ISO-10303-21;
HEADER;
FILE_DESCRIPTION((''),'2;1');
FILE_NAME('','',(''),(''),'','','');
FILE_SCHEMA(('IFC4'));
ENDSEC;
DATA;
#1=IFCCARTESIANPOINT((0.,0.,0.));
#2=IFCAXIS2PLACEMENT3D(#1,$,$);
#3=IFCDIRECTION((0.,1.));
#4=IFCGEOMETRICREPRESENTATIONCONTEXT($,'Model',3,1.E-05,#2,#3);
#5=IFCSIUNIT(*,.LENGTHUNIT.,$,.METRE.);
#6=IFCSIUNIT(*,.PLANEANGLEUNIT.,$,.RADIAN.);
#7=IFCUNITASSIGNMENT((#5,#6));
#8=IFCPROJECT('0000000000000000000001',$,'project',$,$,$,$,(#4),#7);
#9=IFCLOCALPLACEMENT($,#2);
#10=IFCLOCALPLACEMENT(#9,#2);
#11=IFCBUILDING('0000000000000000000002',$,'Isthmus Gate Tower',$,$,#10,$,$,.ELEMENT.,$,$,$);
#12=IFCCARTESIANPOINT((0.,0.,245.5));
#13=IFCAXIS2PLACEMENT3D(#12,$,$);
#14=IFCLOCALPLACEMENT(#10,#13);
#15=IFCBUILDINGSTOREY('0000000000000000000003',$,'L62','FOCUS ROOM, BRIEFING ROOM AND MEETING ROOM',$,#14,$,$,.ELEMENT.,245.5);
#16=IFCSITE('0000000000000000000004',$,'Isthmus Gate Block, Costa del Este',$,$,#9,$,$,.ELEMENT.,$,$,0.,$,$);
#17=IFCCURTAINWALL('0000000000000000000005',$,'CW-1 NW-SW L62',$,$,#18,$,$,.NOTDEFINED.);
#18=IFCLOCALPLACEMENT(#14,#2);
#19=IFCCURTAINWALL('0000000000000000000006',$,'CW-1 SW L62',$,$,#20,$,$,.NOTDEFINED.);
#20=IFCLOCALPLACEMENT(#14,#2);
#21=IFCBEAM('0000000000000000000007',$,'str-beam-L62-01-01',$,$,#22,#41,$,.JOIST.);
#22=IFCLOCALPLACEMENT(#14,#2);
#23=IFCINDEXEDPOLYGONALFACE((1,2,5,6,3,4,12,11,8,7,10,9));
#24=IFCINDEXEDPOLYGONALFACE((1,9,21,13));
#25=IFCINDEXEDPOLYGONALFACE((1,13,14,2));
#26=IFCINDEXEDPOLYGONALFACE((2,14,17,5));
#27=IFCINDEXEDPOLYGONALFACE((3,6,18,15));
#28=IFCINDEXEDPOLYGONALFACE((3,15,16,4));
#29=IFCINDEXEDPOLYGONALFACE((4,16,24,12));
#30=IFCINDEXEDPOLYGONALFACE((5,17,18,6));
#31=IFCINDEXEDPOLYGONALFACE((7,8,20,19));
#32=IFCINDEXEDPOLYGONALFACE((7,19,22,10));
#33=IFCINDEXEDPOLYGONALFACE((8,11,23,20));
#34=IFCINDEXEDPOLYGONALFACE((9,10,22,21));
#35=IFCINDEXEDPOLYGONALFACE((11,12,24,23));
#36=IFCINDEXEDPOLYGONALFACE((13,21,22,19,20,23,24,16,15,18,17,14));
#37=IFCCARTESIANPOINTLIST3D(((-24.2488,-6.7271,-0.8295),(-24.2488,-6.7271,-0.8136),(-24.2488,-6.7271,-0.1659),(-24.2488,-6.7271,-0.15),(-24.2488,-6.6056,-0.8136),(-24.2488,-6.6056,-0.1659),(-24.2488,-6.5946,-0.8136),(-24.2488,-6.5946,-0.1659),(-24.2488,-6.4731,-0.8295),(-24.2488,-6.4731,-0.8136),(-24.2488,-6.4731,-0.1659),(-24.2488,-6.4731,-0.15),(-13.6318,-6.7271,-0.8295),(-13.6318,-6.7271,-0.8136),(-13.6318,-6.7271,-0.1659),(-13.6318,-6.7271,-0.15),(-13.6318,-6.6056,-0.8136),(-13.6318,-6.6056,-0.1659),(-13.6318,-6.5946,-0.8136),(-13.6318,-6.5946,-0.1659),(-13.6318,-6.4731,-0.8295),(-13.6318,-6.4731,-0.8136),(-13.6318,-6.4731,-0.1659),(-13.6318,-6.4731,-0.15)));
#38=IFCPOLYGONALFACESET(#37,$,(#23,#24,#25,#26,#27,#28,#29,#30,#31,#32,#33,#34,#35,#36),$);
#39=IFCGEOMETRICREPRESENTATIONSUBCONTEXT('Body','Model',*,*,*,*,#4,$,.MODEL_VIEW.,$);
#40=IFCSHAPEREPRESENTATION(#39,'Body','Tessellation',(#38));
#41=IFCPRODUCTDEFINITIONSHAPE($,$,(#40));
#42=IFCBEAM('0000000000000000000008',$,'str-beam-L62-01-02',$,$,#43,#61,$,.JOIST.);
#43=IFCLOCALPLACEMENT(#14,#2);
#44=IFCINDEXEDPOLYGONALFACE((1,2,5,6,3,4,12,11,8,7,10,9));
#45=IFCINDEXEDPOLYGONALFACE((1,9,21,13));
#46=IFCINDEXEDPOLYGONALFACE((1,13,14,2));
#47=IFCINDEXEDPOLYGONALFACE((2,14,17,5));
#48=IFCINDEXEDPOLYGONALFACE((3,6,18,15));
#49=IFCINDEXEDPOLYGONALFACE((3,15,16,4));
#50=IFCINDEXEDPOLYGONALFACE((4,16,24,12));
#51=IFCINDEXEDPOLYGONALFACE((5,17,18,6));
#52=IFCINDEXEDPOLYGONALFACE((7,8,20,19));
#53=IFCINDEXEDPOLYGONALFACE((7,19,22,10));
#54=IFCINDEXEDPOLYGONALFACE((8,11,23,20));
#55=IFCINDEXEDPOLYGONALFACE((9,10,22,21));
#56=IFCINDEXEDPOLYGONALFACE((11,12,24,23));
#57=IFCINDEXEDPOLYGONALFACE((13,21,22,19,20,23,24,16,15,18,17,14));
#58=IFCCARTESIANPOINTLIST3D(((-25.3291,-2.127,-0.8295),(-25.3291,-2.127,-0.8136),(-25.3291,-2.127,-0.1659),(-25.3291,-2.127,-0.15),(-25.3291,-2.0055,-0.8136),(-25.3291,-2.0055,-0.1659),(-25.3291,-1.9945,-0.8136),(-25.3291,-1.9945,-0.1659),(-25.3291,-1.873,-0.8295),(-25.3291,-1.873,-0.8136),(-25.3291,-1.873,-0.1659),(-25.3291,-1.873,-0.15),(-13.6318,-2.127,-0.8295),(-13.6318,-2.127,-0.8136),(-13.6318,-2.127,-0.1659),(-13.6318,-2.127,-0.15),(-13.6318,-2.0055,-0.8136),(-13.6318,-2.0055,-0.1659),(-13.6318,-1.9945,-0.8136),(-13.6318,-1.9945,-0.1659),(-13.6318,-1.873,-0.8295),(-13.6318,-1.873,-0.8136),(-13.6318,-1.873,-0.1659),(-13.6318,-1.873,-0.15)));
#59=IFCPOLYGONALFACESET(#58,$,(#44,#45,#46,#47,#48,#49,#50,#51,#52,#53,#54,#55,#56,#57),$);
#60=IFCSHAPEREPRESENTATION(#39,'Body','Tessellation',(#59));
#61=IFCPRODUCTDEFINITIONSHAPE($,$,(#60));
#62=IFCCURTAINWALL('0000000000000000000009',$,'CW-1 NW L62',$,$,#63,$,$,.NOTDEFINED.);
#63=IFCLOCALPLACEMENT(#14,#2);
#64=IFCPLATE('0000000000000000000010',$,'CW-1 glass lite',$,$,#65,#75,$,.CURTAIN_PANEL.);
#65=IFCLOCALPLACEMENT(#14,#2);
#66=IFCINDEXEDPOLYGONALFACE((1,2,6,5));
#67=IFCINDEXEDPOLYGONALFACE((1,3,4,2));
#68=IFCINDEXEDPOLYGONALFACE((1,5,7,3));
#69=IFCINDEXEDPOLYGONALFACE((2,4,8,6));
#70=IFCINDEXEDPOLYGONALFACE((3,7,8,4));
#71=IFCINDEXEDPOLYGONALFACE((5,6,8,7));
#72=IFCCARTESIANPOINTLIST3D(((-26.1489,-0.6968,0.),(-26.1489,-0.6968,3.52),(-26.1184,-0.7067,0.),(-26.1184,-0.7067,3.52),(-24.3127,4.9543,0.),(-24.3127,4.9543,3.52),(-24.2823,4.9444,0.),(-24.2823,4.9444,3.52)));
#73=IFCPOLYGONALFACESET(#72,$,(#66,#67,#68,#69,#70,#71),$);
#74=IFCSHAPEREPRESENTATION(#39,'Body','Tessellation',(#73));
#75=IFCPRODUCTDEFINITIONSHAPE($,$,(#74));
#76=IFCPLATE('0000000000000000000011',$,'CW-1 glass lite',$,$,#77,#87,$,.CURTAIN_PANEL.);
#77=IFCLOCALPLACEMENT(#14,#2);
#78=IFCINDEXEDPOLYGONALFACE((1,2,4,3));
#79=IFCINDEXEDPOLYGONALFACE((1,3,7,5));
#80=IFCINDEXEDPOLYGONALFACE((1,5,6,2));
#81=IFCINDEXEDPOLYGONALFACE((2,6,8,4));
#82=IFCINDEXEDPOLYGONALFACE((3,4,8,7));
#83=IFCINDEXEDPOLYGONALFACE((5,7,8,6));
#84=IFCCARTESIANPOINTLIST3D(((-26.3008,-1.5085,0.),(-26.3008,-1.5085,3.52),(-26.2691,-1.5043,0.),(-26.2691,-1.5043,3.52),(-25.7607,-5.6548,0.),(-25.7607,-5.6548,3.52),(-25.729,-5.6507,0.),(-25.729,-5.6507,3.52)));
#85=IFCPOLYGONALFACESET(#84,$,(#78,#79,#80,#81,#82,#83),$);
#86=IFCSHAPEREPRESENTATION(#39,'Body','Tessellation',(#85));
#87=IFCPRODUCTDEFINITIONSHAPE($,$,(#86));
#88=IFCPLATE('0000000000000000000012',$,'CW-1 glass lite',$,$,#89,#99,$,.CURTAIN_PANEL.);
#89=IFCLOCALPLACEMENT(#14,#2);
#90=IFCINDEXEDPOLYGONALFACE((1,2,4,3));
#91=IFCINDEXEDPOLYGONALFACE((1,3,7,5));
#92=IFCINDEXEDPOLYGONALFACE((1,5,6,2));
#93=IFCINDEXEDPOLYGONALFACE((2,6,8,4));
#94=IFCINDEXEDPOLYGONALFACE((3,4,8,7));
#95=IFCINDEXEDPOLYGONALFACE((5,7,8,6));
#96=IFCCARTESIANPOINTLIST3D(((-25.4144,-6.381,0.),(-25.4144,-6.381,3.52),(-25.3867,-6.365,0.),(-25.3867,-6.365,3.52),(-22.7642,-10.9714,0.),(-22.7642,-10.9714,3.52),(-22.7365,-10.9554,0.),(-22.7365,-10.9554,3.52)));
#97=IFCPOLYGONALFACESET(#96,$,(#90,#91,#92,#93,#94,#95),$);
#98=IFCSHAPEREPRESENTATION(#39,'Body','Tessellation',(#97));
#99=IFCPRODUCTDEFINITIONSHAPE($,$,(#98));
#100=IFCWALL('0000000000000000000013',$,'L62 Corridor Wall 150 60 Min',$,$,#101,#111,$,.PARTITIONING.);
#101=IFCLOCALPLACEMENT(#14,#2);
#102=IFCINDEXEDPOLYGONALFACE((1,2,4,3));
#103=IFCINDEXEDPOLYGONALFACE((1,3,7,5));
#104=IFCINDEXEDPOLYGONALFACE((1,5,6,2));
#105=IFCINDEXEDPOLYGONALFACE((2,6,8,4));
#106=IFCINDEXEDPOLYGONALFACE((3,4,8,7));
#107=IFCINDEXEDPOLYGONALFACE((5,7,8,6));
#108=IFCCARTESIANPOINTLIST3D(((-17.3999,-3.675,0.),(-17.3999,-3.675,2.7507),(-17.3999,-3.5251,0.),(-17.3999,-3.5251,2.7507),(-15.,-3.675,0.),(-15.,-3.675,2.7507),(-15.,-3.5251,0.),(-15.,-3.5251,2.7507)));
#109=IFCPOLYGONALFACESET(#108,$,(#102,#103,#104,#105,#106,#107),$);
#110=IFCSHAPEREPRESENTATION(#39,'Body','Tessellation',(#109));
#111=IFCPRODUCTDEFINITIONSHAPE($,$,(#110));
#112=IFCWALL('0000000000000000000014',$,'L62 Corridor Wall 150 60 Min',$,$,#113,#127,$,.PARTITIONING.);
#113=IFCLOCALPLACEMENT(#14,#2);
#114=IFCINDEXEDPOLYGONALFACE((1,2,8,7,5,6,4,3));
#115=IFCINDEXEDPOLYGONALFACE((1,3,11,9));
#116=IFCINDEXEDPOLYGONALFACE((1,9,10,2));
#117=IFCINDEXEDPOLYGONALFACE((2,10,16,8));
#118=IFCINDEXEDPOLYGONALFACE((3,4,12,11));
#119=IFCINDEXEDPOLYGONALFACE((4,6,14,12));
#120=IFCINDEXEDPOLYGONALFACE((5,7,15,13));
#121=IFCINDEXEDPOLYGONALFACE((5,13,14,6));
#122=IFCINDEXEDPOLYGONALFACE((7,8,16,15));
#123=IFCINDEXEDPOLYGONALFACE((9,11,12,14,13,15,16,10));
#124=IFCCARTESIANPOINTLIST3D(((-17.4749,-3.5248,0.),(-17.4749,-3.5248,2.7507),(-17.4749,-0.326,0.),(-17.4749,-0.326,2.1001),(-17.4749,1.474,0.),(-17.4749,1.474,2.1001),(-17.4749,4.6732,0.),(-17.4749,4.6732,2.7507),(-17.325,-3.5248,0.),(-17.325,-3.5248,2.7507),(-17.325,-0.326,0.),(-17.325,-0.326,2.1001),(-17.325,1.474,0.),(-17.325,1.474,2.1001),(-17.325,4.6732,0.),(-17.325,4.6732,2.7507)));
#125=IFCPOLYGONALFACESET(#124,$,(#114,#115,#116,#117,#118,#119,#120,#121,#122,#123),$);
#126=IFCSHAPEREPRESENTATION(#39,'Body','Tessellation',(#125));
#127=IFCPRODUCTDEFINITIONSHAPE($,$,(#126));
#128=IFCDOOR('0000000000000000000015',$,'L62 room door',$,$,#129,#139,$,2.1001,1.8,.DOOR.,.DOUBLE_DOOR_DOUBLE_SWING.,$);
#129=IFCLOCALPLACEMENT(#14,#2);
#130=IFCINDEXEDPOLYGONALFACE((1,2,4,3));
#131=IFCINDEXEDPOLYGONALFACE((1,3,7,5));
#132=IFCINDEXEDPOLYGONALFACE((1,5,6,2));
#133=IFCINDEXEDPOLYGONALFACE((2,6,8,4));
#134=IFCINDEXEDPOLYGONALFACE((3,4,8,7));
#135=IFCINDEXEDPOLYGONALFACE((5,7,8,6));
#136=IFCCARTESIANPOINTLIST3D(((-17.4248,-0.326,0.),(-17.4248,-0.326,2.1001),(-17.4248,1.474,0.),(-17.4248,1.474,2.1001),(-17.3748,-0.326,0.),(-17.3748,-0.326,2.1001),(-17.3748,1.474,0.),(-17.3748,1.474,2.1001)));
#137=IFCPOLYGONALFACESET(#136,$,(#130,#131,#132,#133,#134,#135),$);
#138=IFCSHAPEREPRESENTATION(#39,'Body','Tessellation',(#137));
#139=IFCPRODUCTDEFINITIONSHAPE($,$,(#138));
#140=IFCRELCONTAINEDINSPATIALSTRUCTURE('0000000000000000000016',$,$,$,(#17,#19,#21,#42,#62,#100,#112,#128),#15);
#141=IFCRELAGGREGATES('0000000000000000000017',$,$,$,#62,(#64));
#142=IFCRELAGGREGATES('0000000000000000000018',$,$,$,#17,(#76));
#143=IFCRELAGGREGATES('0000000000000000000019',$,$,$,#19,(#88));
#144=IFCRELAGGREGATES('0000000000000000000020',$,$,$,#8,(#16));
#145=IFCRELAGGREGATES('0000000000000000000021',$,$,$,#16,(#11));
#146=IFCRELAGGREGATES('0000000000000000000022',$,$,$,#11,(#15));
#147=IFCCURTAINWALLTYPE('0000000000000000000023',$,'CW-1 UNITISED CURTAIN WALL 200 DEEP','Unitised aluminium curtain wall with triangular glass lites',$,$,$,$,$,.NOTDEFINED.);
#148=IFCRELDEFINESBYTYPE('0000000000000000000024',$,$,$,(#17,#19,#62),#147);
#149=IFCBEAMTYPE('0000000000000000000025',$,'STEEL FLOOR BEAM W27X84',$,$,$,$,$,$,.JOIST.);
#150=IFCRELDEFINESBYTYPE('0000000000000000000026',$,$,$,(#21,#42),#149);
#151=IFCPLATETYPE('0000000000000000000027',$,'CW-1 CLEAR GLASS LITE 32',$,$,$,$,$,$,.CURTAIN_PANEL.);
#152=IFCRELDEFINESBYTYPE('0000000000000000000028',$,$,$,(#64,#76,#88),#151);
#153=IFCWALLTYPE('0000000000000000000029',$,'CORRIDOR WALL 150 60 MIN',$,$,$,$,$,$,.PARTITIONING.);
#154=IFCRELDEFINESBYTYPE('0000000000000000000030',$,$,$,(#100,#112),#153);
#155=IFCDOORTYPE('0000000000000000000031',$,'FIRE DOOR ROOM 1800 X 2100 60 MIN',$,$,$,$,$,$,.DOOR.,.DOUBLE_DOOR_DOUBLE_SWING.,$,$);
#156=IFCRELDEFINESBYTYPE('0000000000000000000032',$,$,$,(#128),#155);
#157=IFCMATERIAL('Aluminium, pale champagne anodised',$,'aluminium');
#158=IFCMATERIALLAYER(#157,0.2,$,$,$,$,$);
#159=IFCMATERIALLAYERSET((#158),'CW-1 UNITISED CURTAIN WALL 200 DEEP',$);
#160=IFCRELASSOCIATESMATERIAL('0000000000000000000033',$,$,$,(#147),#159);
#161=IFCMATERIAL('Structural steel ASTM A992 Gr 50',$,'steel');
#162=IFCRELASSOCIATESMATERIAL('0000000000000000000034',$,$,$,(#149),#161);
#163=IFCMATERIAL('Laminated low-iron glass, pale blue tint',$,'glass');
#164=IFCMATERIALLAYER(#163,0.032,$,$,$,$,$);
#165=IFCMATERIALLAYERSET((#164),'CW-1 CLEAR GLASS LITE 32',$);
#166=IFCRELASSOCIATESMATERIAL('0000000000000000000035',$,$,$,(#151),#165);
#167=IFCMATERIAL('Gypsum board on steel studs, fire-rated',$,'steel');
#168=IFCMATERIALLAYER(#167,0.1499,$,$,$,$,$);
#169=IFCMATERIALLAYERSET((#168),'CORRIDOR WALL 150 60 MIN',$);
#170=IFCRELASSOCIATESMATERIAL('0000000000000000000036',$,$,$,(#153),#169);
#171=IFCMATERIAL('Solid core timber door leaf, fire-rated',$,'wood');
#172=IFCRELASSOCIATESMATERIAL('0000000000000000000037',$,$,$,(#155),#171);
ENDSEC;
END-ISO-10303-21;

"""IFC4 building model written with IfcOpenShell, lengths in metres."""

from ifc_helpers import new_model, si_unit, direction, frame, frame_2d, origin, origin_2d, place, context, subcontext, project, spatial, rectangle, i_section, extrude, material, layer, layer_set, material_profile, profile_set, type_object, element, fill, aggregate, save


model = new_model("IFC4")

# Units and contexts
model_context = context("Model", 3, precision=1e-05, world=origin(), true_north=direction((0.0, 1.0)))
body_context = subcontext(model_context, "Body", "Model", "MODEL_VIEW")
ifc_project = project(units=[si_unit("LENGTHUNIT", "METRE"), si_unit("PLANEANGLEUNIT", "RADIAN")], contexts=[model_context])

# Site, building, storey
site_placement = place(None, origin())
site = spatial("IfcSite", under=ifc_project, at=site_placement, Name="Isthmus Gate Block, Costa del Este", CompositionType="ELEMENT", RefElevation=0.0)
building_placement = place(site_placement, origin())
building = spatial("IfcBuilding", under=site, at=building_placement, Name="Isthmus Gate Tower", CompositionType="ELEMENT")
storey_placement = place(building_placement, frame((0.0, 0.0, 245.5)))
storey = spatial("IfcBuildingStorey", under=building, at=storey_placement, Name="L62", Description="FOCUS ROOM, BRIEFING ROOM AND MEETING ROOM", CompositionType="ELEMENT", Elevation=245.5)

# Curtain walls
ifc_material_1 = material(Name="Aluminium, pale champagne anodised", Category="aluminium")
ifc_layer_1 = layer(ifc_material_1, 0.2)
ifc_layer_set_1 = layer_set([ifc_layer_1], Name="CW-1 UNITISED CURTAIN WALL 200 DEEP")
curtain_wall_type = type_object("IfcCurtainWallType", Name="CW-1 UNITISED CURTAIN WALL 200 DEEP", Description="Unitised aluminium curtain wall with triangular glass lites", PredefinedType="NOTDEFINED", material=ifc_layer_set_1)
curtain_wall_1_placement = place(storey_placement, origin())
curtain_wall_1 = element("IfcCurtainWall", 1, at=curtain_wall_1_placement, inside=storey, type_object=curtain_wall_type, Name="CW-1 NW-SW L62", PredefinedType="NOTDEFINED")
curtain_wall_2_placement = place(storey_placement, origin())
curtain_wall_2 = element("IfcCurtainWall", 2, at=curtain_wall_2_placement, inside=storey, type_object=curtain_wall_type, Name="CW-1 SW L62", PredefinedType="NOTDEFINED")

# Beams
ifc_material_2 = material(Name="Structural steel ASTM A992 Gr 50", Category="steel")
ifc_material_profile_1 = material_profile(ifc_material_2, i_section(OverallWidth=0.2539, OverallDepth=0.6794, WebThickness=0.011, FlangeThickness=0.0159, at=origin_2d()), Name="W27X84")
ifc_profile_set_1 = profile_set([ifc_material_profile_1], Name="Structural steel ASTM A992 Gr 50")
beam_type_1 = type_object("IfcBeamType", Name="STEEL FLOOR BEAM W27X84", PredefinedType="JOIST", material=ifc_profile_set_1)
beam_1_placement = place(storey_placement, frame((-24.2488, -6.6001, -0.4897), z_axis=(1.0, 0.0, 0.0), x_axis=(0.0, 1.0, 0.0)))
element("IfcBeam", 3, at=beam_1_placement, inside=storey, type_object=beam_type_1, Name="str-beam-L62-01-01", PredefinedType="JOIST", context=body_context, shape_type="SweptSolid", body=[
    extrude(i_section(OverallWidth=0.2539, OverallDepth=0.6794, WebThickness=0.011, FlangeThickness=0.0159, at=origin_2d()), origin(), (0.0, 0.0, 1.0), 10.6169),
])
beam_2_placement = place(storey_placement, frame((-25.3291, -2.0, -0.4897), z_axis=(1.0, 0.0, 0.0), x_axis=(0.0, 1.0, 0.0)))
element("IfcBeam", 4, at=beam_2_placement, inside=storey, type_object=beam_type_1, Name="str-beam-L62-01-02", PredefinedType="JOIST", context=body_context, shape_type="SweptSolid", body=[
    extrude(i_section(OverallWidth=0.2539, OverallDepth=0.6794, WebThickness=0.011, FlangeThickness=0.0159, at=origin_2d()), origin(), (0.0, 0.0, 1.0), 11.6973),
])

# Curtain wall, plate
curtain_wall_3_placement = place(storey_placement, origin())
curtain_wall_3 = element("IfcCurtainWall", 5, at=curtain_wall_3_placement, inside=storey, type_object=curtain_wall_type, Name="CW-1 NW L62", PredefinedType="NOTDEFINED")
ifc_material_3 = material(Name="Laminated low-iron glass, pale blue tint", Category="glass")
ifc_layer_2 = layer(ifc_material_3, 0.032)
ifc_layer_set_2 = layer_set([ifc_layer_2], Name="CW-1 CLEAR GLASS LITE 32")
plate_type = type_object("IfcPlateType", Name="CW-1 CLEAR GLASS LITE 32", PredefinedType="CURTAIN_PANEL", material=ifc_layer_set_2)
plate_1_placement = place(storey_placement, frame((-25.2156, 2.1238, 0.0), z_axis=(0.0, 0.0, 1.0), x_axis=(-0.309017, -0.951057, 0.0)))
plate_1 = element("IfcPlate", 6, at=plate_1_placement, type_object=plate_type, Name="CW-1 glass lite", PredefinedType="CURTAIN_PANEL", context=body_context, shape_type="SweptSolid", body=[
    extrude(rectangle(XDim=5.9419, YDim=0.032, at=origin_2d()), origin(), (0.0, 0.0, 1.0), 3.52),
])
aggregate(curtain_wall_3, [plate_1])

# Plates
plate_2_placement = place(storey_placement, frame((-26.0149, -3.5796, 0.0), z_axis=(0.0, 0.0, 1.0), x_axis=(0.129165, -0.991623, 0.0)))
plate_2 = element("IfcPlate", 7, at=plate_2_placement, type_object=plate_type, Name="CW-1 glass lite", PredefinedType="CURTAIN_PANEL", context=body_context, shape_type="SweptSolid", body=[
    extrude(rectangle(XDim=4.1814, YDim=0.032, at=origin_2d()), origin(), (0.0, 0.0, 1.0), 3.52),
])
aggregate(curtain_wall_1, [plate_2])
plate_3_placement = place(storey_placement, frame((-24.0754, -8.6682, 0.0), z_axis=(0.0, 0.0, 1.0), x_axis=(0.5, -0.866025, 0.0)))
plate_3 = element("IfcPlate", 8, at=plate_3_placement, type_object=plate_type, Name="CW-1 glass lite", PredefinedType="CURTAIN_PANEL", context=body_context, shape_type="SweptSolid", body=[
    extrude(rectangle(XDim=5.3005, YDim=0.032, at=origin_2d()), origin(), (0.0, 0.0, 1.0), 3.52),
])
aggregate(curtain_wall_2, [plate_3])

# Wall
ifc_material_4 = material(Name="Gypsum board on steel studs, fire-rated", Category="steel")
ifc_layer_3 = layer(ifc_material_4, 0.1499)
ifc_layer_set_3 = layer_set([ifc_layer_3], Name="CORRIDOR WALL 150 60 MIN")
wall_type = type_object("IfcWallType", Name="CORRIDOR WALL 150 60 MIN", PredefinedType="PARTITIONING", material=ifc_layer_set_3)
wall_1_placement = place(storey_placement, frame((-15.0, -3.6001, 0.0), z_axis=(0.0, 0.0, 1.0), x_axis=(-1.0, 0.0, 0.0)))
element("IfcWall", 9, at=wall_1_placement, inside=storey, type_object=wall_type, Name="L62 Corridor Wall 150 60 Min", PredefinedType="PARTITIONING", context=body_context, shape_type="SweptSolid", body=[
    extrude(rectangle(XDim=2.3999, YDim=0.1499, at=frame_2d((1.2, 0.0))), origin(), (0.0, 0.0, 1.0), 2.7507),
])

# Wall, opening, door
wall_2_placement = place(storey_placement, frame((-17.3999, -3.5249, 0.0), z_axis=(0.0, 0.0, 1.0), x_axis=(0.0, 1.0, 0.0)))
wall_2 = element("IfcWall", 10, at=wall_2_placement, inside=storey, type_object=wall_type, Name="L62 Corridor Wall 150 60 Min", PredefinedType="PARTITIONING", context=body_context, shape_type="SweptSolid", body=[
    extrude(rectangle(XDim=8.198, YDim=0.1499, at=frame_2d((4.0991, 0.0))), origin(), (0.0, 0.0, 1.0), 2.7507),
])
opening_placement = place(wall_2_placement, frame((3.199, 0.0, 0.0)))
opening = element("IfcOpeningElement", 11, at=opening_placement, cuts=wall_2, PredefinedType="OPENING", context=body_context, shape_type="SweptSolid", body=[
    extrude(rectangle(XDim=1.8, YDim=2.1001, at=frame_2d((0.8999, 1.05))), frame((0.0, 0.085, 0.0), z_axis=(0.0, -1.0, 0.0), x_axis=(1.0, 0.0, 0.0)), (0.0, 0.0, 1.0), 0.1699),
])
ifc_material_5 = material(Name="Solid core timber door leaf, fire-rated", Category="wood")
door_type = type_object("IfcDoorType", Name="FIRE DOOR ROOM 1800 X 2100 60 MIN", OperationType="DOUBLE_DOOR_DOUBLE_SWING", PredefinedType="DOOR", material=ifc_material_5)
door_placement = place(opening_placement, origin())
door = element("IfcDoor", 12, at=door_placement, inside=storey, type_object=door_type, Name="L62 room door", OperationType="DOUBLE_DOOR_DOUBLE_SWING", OverallHeight=2.1001, OverallWidth=1.8, PredefinedType="DOOR", context=body_context, shape_type="SweptSolid", body=[
    extrude(rectangle(XDim=1.8, YDim=2.1001, at=frame_2d((0.8999, 1.05))), frame((0.0, 0.0249, 0.0), z_axis=(0.0, -1.0, 0.0), x_axis=(1.0, 0.0, 0.0)), (0.0, 0.0, 1.0), 0.05),
])
fill(opening, door)

save(model, "model.ifc")
